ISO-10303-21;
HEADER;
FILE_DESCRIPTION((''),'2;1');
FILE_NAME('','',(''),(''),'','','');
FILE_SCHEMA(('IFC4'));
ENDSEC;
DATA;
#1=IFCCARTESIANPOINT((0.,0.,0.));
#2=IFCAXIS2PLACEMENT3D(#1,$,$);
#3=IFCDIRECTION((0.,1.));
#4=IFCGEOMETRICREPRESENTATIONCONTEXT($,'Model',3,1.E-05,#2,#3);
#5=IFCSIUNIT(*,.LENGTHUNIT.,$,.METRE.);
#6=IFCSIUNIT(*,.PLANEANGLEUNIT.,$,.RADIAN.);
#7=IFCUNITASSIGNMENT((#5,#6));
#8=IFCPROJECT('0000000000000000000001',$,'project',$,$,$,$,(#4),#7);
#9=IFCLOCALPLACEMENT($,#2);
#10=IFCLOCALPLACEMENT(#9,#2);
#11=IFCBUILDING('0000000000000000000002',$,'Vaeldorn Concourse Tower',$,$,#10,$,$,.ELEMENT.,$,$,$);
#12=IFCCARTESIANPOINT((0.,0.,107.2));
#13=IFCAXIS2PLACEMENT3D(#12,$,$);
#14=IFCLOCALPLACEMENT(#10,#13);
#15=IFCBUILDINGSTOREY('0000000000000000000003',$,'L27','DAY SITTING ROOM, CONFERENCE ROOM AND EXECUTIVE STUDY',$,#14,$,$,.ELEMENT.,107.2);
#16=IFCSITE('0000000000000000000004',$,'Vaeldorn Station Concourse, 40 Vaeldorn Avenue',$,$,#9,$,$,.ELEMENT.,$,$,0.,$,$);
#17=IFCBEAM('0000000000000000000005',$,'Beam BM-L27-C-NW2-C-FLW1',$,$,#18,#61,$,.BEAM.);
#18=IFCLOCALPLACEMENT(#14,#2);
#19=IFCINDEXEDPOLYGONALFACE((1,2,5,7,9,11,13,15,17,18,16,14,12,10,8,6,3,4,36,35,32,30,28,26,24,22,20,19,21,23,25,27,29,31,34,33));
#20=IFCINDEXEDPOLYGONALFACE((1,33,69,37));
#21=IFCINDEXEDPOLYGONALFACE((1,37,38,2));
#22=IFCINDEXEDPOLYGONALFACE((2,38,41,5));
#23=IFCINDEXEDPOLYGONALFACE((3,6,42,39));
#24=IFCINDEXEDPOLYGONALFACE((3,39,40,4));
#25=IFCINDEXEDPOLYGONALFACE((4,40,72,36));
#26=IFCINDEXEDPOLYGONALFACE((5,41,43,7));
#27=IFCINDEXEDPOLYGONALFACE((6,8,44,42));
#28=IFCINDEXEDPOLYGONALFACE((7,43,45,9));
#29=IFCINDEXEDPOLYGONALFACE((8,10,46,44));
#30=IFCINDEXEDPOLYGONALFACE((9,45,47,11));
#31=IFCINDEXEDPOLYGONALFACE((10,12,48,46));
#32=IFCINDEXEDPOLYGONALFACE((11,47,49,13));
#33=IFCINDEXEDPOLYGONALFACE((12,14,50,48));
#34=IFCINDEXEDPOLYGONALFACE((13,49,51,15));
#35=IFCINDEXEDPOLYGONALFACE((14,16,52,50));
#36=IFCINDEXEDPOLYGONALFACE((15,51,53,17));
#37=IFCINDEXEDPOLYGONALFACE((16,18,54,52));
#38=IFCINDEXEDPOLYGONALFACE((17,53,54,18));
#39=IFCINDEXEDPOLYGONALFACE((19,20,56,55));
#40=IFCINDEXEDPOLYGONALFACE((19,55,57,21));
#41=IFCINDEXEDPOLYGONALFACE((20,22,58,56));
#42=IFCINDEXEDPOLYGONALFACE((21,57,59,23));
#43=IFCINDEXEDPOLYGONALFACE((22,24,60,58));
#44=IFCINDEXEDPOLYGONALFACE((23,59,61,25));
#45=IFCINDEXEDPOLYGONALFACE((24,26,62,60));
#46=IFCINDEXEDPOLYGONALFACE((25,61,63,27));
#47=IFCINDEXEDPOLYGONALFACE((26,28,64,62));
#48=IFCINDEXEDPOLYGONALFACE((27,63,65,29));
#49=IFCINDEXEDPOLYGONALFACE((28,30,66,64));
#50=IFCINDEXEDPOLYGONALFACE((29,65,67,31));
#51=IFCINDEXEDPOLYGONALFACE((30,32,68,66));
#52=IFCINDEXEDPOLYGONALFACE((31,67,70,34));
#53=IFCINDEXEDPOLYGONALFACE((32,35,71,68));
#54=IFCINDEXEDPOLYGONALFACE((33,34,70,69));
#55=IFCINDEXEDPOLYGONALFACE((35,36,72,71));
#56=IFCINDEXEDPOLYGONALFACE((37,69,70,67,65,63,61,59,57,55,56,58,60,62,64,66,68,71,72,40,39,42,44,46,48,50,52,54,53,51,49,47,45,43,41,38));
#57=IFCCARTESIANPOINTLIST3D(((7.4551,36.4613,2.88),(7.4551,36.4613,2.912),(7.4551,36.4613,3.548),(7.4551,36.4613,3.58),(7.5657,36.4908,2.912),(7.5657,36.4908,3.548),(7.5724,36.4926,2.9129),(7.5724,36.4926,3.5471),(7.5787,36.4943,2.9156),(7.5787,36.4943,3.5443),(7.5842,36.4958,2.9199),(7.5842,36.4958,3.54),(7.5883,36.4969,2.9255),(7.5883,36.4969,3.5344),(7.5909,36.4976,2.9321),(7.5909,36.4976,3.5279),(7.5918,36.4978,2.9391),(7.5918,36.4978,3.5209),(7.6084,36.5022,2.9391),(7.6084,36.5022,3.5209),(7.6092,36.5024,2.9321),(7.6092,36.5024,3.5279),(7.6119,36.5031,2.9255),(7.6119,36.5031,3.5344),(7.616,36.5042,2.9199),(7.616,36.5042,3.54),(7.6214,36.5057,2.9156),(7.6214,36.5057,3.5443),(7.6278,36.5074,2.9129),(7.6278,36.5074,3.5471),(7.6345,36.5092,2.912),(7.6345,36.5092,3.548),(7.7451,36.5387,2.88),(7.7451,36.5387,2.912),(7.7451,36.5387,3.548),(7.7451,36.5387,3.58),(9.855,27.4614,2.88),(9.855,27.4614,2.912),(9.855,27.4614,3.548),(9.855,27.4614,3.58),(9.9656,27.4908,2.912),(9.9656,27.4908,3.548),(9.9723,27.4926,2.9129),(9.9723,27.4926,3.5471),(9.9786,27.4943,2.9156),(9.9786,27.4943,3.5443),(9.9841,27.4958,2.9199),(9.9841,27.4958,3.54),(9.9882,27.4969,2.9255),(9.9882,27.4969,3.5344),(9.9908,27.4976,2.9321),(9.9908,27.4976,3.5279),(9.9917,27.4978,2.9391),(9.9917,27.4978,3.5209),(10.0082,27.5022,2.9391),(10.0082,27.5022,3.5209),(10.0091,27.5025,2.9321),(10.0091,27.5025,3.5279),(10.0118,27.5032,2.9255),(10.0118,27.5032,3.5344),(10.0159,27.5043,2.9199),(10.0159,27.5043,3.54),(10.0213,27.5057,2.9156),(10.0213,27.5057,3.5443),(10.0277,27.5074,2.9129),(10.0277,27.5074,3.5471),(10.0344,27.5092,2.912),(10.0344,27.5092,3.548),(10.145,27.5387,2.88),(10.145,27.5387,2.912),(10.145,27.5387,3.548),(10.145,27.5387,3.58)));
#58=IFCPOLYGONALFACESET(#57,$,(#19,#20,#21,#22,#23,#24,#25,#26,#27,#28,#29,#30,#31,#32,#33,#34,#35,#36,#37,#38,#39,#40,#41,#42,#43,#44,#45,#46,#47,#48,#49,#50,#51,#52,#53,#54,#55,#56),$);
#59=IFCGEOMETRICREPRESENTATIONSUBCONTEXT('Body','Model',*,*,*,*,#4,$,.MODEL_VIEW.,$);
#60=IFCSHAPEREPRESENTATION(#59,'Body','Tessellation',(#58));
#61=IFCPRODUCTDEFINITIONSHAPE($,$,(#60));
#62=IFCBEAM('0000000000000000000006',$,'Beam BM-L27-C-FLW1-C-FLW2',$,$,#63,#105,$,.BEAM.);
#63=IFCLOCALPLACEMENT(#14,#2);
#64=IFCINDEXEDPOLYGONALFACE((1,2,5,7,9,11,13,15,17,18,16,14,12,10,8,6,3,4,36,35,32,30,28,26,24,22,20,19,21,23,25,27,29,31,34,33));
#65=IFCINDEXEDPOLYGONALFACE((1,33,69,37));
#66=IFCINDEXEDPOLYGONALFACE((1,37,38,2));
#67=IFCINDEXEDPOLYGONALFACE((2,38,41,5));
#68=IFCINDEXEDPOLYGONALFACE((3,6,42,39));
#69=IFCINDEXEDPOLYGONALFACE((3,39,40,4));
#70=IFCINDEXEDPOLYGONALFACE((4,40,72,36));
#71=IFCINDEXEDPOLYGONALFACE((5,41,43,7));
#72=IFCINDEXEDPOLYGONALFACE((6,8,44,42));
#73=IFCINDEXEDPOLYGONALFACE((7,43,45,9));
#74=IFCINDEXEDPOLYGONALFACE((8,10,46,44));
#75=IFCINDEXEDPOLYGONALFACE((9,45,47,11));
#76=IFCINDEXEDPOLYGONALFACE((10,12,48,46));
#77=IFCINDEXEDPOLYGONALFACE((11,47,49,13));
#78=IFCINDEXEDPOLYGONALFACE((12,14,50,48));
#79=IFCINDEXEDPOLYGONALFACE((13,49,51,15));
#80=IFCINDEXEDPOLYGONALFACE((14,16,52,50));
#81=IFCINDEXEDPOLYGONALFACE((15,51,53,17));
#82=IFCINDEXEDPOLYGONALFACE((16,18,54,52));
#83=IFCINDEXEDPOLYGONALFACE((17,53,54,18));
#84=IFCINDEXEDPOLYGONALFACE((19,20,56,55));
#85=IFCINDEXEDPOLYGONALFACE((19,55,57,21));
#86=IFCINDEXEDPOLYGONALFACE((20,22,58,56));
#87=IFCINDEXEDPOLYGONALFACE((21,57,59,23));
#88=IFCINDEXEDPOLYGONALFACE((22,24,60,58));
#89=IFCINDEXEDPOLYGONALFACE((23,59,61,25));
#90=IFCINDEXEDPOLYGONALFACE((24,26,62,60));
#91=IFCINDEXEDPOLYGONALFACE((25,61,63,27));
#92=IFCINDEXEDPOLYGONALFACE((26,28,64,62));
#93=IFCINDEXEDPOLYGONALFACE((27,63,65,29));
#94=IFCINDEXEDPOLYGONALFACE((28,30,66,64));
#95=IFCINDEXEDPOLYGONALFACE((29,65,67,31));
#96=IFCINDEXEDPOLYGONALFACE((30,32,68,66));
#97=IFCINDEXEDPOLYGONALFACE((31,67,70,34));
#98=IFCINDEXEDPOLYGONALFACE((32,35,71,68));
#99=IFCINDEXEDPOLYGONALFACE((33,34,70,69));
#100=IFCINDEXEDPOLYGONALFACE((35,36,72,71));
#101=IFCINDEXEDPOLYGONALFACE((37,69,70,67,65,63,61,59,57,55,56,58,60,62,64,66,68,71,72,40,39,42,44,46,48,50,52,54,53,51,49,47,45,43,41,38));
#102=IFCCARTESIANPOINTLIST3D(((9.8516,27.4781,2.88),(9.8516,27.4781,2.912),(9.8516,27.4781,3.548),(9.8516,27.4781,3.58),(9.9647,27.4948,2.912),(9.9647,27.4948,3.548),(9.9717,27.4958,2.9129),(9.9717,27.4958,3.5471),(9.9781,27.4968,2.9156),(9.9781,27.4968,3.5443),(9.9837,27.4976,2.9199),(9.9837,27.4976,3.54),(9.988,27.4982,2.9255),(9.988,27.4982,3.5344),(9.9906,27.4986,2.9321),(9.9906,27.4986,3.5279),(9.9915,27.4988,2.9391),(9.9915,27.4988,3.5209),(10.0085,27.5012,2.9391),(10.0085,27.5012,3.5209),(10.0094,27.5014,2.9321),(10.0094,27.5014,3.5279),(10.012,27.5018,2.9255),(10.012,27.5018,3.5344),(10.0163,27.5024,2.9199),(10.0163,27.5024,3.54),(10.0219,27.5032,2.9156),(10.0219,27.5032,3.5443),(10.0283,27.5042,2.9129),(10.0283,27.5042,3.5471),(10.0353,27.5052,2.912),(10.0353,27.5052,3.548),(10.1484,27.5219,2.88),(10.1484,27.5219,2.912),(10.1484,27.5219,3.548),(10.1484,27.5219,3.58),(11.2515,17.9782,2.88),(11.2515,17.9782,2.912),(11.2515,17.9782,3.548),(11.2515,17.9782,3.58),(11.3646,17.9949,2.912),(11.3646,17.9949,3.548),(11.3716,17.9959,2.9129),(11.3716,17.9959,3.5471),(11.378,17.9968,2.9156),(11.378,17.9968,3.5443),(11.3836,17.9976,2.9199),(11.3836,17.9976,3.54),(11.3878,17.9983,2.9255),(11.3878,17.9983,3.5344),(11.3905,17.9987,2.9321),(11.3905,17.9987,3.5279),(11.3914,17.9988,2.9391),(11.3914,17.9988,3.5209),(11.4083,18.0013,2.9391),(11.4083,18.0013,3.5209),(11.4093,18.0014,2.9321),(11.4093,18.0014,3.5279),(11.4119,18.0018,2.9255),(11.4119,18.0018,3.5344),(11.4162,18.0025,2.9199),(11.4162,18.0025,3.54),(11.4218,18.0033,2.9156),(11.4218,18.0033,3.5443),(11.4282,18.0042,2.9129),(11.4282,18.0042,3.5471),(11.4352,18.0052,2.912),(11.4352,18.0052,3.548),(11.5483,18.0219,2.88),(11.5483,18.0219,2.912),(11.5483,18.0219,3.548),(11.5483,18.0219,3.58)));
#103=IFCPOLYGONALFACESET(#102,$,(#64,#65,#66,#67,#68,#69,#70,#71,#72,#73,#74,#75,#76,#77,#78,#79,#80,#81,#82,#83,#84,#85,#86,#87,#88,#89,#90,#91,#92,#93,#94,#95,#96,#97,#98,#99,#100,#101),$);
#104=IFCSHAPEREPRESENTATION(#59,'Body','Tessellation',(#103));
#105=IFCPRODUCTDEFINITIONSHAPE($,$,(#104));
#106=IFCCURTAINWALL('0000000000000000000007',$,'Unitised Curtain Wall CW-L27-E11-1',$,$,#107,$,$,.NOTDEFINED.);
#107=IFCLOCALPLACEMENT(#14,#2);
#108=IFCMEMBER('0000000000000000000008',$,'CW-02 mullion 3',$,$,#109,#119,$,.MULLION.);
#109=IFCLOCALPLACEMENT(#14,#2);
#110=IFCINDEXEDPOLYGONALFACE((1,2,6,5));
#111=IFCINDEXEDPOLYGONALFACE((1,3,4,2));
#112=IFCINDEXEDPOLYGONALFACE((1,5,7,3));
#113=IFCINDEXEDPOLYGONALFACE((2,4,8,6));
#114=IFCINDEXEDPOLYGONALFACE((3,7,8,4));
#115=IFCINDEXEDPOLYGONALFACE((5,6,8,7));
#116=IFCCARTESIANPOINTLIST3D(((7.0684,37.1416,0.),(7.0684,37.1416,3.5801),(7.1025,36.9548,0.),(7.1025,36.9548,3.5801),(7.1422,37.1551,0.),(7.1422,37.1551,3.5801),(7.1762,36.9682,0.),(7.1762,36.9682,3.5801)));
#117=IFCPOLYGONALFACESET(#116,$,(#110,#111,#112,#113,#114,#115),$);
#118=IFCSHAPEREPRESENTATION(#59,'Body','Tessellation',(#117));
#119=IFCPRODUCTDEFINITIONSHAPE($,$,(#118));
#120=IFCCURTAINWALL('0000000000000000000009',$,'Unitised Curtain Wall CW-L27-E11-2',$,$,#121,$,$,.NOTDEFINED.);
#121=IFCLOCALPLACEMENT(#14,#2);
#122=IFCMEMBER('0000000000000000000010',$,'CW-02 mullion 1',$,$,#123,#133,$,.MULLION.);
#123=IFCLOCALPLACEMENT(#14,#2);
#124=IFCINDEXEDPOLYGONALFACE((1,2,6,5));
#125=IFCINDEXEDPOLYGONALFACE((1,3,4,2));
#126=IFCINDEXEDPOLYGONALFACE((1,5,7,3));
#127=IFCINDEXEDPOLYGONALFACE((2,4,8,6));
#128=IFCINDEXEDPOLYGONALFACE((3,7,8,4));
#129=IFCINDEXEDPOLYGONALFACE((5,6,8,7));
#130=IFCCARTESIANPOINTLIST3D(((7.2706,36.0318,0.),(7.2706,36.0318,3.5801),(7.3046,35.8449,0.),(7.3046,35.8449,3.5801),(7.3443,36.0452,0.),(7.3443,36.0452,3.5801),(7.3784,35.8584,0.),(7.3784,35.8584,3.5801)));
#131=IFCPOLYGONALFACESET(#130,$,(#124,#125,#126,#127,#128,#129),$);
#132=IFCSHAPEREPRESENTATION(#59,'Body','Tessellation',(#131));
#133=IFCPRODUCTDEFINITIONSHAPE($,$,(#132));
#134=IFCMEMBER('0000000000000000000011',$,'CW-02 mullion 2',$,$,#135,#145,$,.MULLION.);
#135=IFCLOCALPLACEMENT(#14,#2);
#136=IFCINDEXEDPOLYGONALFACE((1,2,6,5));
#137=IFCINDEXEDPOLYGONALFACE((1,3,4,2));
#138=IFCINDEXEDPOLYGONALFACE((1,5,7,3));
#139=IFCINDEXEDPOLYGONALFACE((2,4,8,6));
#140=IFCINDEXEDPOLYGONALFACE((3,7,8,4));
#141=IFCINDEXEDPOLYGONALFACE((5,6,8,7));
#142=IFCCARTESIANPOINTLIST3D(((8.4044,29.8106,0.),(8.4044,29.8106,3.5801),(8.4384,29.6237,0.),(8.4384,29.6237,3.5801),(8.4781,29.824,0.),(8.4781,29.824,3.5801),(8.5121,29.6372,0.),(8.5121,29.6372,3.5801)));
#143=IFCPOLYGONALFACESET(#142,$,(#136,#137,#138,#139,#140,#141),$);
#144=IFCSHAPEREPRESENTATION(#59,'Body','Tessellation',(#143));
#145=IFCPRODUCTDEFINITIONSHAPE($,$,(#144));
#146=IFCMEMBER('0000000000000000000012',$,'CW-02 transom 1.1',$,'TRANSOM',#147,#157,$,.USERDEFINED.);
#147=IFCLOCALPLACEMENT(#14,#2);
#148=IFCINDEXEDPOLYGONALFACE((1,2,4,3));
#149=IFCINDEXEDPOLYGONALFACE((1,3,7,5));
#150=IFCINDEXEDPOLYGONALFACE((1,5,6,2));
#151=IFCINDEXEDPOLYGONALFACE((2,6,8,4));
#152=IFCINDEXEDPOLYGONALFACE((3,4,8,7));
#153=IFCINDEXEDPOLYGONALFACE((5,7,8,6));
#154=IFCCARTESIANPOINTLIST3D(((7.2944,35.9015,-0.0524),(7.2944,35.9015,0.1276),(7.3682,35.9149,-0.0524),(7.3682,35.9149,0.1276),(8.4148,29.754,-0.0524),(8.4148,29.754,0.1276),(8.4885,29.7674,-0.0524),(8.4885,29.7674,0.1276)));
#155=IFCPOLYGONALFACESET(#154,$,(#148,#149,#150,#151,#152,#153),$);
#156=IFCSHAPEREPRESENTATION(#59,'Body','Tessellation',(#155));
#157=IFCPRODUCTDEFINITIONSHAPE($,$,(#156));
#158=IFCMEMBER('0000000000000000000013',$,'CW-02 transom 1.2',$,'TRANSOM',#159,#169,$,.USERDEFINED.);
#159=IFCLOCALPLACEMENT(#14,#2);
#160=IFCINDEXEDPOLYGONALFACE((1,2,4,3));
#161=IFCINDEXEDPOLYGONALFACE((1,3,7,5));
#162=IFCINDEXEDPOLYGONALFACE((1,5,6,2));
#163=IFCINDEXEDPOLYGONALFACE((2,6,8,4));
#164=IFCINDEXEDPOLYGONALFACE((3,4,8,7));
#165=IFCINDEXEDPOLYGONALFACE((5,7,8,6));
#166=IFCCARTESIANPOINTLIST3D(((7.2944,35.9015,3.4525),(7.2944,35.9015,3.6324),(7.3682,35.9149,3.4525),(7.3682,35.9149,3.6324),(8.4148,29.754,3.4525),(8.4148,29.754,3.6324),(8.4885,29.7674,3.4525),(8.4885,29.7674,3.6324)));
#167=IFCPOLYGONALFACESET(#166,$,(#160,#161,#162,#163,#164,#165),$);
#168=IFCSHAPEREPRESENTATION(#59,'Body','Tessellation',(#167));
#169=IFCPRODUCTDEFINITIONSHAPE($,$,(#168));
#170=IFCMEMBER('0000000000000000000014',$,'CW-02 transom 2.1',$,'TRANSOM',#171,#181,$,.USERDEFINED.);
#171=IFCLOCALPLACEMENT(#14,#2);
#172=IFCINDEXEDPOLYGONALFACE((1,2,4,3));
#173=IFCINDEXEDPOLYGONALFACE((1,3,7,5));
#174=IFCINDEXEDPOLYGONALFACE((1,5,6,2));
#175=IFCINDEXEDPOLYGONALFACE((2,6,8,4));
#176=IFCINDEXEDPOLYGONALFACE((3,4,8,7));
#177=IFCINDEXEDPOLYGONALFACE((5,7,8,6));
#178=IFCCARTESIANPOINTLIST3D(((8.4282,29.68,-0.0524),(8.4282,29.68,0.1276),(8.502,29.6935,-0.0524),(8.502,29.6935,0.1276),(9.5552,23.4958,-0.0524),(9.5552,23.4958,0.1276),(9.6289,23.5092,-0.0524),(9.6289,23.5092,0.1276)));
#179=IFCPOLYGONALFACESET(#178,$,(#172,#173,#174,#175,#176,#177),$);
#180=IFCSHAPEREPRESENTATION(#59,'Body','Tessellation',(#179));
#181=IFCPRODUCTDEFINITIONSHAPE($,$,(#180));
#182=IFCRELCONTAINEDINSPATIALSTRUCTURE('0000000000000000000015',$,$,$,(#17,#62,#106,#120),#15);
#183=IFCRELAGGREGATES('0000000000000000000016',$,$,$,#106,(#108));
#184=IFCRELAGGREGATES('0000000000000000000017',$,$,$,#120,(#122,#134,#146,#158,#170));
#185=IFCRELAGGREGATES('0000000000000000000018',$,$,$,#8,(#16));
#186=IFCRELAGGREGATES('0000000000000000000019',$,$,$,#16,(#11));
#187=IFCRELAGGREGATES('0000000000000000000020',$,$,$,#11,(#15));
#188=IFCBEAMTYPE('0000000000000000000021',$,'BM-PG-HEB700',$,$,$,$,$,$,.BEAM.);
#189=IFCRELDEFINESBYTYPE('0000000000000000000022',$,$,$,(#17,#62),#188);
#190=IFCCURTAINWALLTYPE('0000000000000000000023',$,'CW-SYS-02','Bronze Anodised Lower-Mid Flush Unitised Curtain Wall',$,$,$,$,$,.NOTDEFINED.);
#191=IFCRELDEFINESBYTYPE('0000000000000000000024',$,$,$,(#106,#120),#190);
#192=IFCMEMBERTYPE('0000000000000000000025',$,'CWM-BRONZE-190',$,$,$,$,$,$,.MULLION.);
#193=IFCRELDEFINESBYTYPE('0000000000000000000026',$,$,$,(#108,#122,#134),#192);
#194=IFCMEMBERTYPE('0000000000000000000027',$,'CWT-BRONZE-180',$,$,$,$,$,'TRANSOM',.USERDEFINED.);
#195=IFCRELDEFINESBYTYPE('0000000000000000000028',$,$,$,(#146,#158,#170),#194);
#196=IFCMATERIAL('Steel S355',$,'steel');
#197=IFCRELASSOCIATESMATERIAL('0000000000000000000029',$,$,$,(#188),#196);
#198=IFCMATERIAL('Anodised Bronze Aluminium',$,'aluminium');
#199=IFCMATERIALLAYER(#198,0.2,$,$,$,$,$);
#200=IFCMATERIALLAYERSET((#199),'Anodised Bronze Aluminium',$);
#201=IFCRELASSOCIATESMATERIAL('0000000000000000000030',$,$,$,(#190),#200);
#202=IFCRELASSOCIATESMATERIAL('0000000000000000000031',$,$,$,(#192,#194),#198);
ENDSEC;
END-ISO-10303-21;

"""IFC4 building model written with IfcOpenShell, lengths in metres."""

from ifc_helpers import new_model, si_unit, direction, frame, origin, origin_2d, place, context, subcontext, project, spatial, rectangle, i_section, extrude, source, transform, mapped, material, layer, layer_set, material_profile, profile_set, type_object, element, aggregate, save


model = new_model("IFC4")

# Units and contexts
model_context = context("Model", 3, precision=1e-05, world=origin(), true_north=direction((0.0, 1.0)))
body_context = subcontext(model_context, "Body", "Model", "MODEL_VIEW")
ifc_project = project(units=[si_unit("LENGTHUNIT", "METRE"), si_unit("PLANEANGLEUNIT", "RADIAN")], contexts=[model_context])

# Site, building, storey
site_placement = place(None, origin())
site = spatial("IfcSite", under=ifc_project, at=site_placement, Name="Vaeldorn Station Concourse, 40 Vaeldorn Avenue", CompositionType="ELEMENT", RefElevation=0.0)
building_placement = place(site_placement, origin())
building = spatial("IfcBuilding", under=site, at=building_placement, Name="Vaeldorn Concourse Tower", CompositionType="ELEMENT")
storey_placement = place(building_placement, frame((0.0, 0.0, 107.2)))
storey = spatial("IfcBuildingStorey", under=building, at=storey_placement, Name="L27", Description="DAY SITTING ROOM, CONFERENCE ROOM AND EXECUTIVE STUDY", CompositionType="ELEMENT", Elevation=107.2)

# Beams
ifc_material_1 = material(Name="Steel S355", Category="steel")
ifc_material_profile_1 = material_profile(ifc_material_1, i_section(OverallWidth=0.3, OverallDepth=0.7, WebThickness=0.0171, FlangeThickness=0.032, FilletRadius=0.0271, at=origin_2d()), Name="HEB 700")
ifc_profile_set_1 = profile_set([ifc_material_profile_1], Name="Steel S355")
beam_type_1 = type_object("IfcBeamType", Name="BM-PG-HEB700", PredefinedType="BEAM", material=ifc_profile_set_1)
shared_shape_1 = source(origin(), body_context, "Body", "SweptSolid", [
    extrude(i_section(OverallWidth=0.3, OverallDepth=0.7, WebThickness=0.0171, FlangeThickness=0.032, FilletRadius=0.0271, at=origin_2d()), origin(), (0.0, 0.0, 1.0), 9.3145),
])
beam_1_placement = place(storey_placement, frame((7.6001, 36.5, 3.23), z_axis=(0.257653, -0.966238, 0.0), x_axis=(0.966238, 0.257653, 0.0)))
element("IfcBeam", 1, at=beam_1_placement, inside=storey, type_object=beam_type_1, Name="Beam BM-L27-C-NW2-C-FLW1", PredefinedType="BEAM", context=body_context, shape_type="MappedRepresentation", body=[
    mapped(shared_shape_1, transform((0.0, 0.0, 0.0), scale=1.0)),
])
shared_shape_2 = source(origin(), body_context, "Body", "SweptSolid", [
    extrude(i_section(OverallWidth=0.3, OverallDepth=0.7, WebThickness=0.0171, FlangeThickness=0.032, FilletRadius=0.0271, at=origin_2d()), origin(), (0.0, 0.0, 1.0), 9.6025),
])
beam_2_placement = place(storey_placement, frame((10.0, 27.5, 3.23), z_axis=(0.145784, -0.989316, 0.0), x_axis=(0.989316, 0.145784, 0.0)))
element("IfcBeam", 2, at=beam_2_placement, inside=storey, type_object=beam_type_1, Name="Beam BM-L27-C-FLW1-C-FLW2", PredefinedType="BEAM", context=body_context, shape_type="MappedRepresentation", body=[
    mapped(shared_shape_2, transform((0.0, 0.0, 0.0), scale=1.0)),
])

# Curtain wall, member
ifc_material_2 = material(Name="Anodised Bronze Aluminium", Category="aluminium")
ifc_layer_1 = layer(ifc_material_2, 0.2)
ifc_layer_set_1 = layer_set([ifc_layer_1], Name="Anodised Bronze Aluminium")
curtain_wall_type = type_object("IfcCurtainWallType", Name="CW-SYS-02", Description="Bronze Anodised Lower-Mid Flush Unitised Curtain Wall", PredefinedType="NOTDEFINED", material=ifc_layer_set_1)
curtain_wall_1_placement = place(storey_placement, origin())
curtain_wall_1 = element("IfcCurtainWall", 3, at=curtain_wall_1_placement, inside=storey, type_object=curtain_wall_type, Name="Unitised Curtain Wall CW-L27-E11-1", PredefinedType="NOTDEFINED")
ifc_material_profile_2 = material_profile(ifc_material_2, rectangle(XDim=0.075, YDim=0.1899, at=origin_2d()), Name="CWM 75x190")
ifc_profile_set_2 = profile_set([ifc_material_profile_2], Name="Anodised Bronze Aluminium")
member_type_1 = type_object("IfcMemberType", Name="CWM-BRONZE-190", PredefinedType="MULLION", material=ifc_profile_set_2)
shared_shape_3 = source(origin(), body_context, "Body", "SweptSolid", [
    extrude(rectangle(XDim=0.075, YDim=0.1899, at=origin_2d()), origin(), (0.0, 0.0, 1.0), 3.5801),
])
member_1_placement = place(storey_placement, frame((7.1223, 37.0549, 0.0), z_axis=(0.0, 0.0, 1.0), x_axis=(0.983796, 0.179293, 0.0)))
member_1 = element("IfcMember", 4, at=member_1_placement, type_object=member_type_1, Name="CW-02 mullion 3", PredefinedType="MULLION", context=body_context, shape_type="MappedRepresentation", body=[
    mapped(shared_shape_3, transform((0.0, 0.0, 0.0), scale=1.0)),
])

# Curtain wall, members
curtain_wall_2_placement = place(storey_placement, origin())
curtain_wall_2 = element("IfcCurtainWall", 5, at=curtain_wall_2_placement, inside=storey, type_object=curtain_wall_type, Name="Unitised Curtain Wall CW-L27-E11-2", PredefinedType="NOTDEFINED")
member_2_placement = place(storey_placement, frame((7.3245, 35.9451, 0.0), z_axis=(0.0, 0.0, 1.0), x_axis=(0.983796, 0.179293, 0.0)))
member_2 = element("IfcMember", 6, at=member_2_placement, type_object=member_type_1, Name="CW-02 mullion 1", PredefinedType="MULLION", context=body_context, shape_type="MappedRepresentation", body=[
    mapped(shared_shape_3, transform((0.0, 0.0, 0.0), scale=1.0)),
])
member_3_placement = place(storey_placement, frame((8.4583, 29.7239, 0.0), z_axis=(0.0, 0.0, 1.0), x_axis=(0.983796, 0.179293, 0.0)))
member_3 = element("IfcMember", 7, at=member_3_placement, type_object=member_type_1, Name="CW-02 mullion 2", PredefinedType="MULLION", context=body_context, shape_type="MappedRepresentation", body=[
    mapped(shared_shape_3, transform((0.0, 0.0, 0.0), scale=1.0)),
])
ifc_material_profile_3 = material_profile(ifc_material_2, rectangle(XDim=0.075, YDim=0.1799, at=origin_2d()), Name="CWT 75x180")
ifc_profile_set_3 = profile_set([ifc_material_profile_3], Name="Anodised Bronze Aluminium")
member_type_2 = type_object("IfcMemberType", Name="CWT-BRONZE-180", ElementType="TRANSOM", PredefinedType="USERDEFINED", material=ifc_profile_set_3)
shared_shape_4 = source(origin(), body_context, "Body", "SweptSolid", [
    extrude(rectangle(XDim=0.075, YDim=0.1799, at=origin_2d()), origin(), (0.0, 0.0, 1.0), 6.2488),
])
member_4_placement = place(storey_placement, frame((7.3313, 35.9082, 0.0376), z_axis=(0.179295, -0.983795, 0.0), x_axis=(0.983795, 0.179295, 0.0)))
member_4 = element("IfcMember", 8, at=member_4_placement, type_object=member_type_2, Name="CW-02 transom 1.1", ObjectType="TRANSOM", PredefinedType="USERDEFINED", context=body_context, shape_type="MappedRepresentation", body=[
    mapped(shared_shape_4, transform((0.0, 0.0, 0.0), scale=1.0)),
])
member_5_placement = place(storey_placement, frame((7.3313, 35.9082, 3.5425), z_axis=(0.179295, -0.983795, 0.0), x_axis=(0.983795, 0.179295, 0.0)))
member_5 = element("IfcMember", 9, at=member_5_placement, type_object=member_type_2, Name="CW-02 transom 1.2", ObjectType="TRANSOM", PredefinedType="USERDEFINED", context=body_context, shape_type="MappedRepresentation", body=[
    mapped(shared_shape_4, transform((0.0, 0.0, 0.0), scale=1.0)),
])
shared_shape_5 = source(origin(), body_context, "Body", "SweptSolid", [
    extrude(rectangle(XDim=0.075, YDim=0.1799, at=origin_2d()), origin(), (0.0, 0.0, 1.0), 6.2861),
])
member_6_placement = place(storey_placement, frame((8.4651, 29.6868, 0.0376), z_axis=(0.179275, -0.983799, 0.0), x_axis=(0.983799, 0.179275, 0.0)))
member_6 = element("IfcMember", 10, at=member_6_placement, type_object=member_type_2, Name="CW-02 transom 2.1", ObjectType="TRANSOM", PredefinedType="USERDEFINED", context=body_context, shape_type="MappedRepresentation", body=[
    mapped(shared_shape_5, transform((0.0, 0.0, 0.0), scale=1.0)),
])

aggregate(curtain_wall_1, [member_1])
aggregate(curtain_wall_2, [member_2, member_3, member_4, member_5, member_6])

save(model, "model.ifc")
